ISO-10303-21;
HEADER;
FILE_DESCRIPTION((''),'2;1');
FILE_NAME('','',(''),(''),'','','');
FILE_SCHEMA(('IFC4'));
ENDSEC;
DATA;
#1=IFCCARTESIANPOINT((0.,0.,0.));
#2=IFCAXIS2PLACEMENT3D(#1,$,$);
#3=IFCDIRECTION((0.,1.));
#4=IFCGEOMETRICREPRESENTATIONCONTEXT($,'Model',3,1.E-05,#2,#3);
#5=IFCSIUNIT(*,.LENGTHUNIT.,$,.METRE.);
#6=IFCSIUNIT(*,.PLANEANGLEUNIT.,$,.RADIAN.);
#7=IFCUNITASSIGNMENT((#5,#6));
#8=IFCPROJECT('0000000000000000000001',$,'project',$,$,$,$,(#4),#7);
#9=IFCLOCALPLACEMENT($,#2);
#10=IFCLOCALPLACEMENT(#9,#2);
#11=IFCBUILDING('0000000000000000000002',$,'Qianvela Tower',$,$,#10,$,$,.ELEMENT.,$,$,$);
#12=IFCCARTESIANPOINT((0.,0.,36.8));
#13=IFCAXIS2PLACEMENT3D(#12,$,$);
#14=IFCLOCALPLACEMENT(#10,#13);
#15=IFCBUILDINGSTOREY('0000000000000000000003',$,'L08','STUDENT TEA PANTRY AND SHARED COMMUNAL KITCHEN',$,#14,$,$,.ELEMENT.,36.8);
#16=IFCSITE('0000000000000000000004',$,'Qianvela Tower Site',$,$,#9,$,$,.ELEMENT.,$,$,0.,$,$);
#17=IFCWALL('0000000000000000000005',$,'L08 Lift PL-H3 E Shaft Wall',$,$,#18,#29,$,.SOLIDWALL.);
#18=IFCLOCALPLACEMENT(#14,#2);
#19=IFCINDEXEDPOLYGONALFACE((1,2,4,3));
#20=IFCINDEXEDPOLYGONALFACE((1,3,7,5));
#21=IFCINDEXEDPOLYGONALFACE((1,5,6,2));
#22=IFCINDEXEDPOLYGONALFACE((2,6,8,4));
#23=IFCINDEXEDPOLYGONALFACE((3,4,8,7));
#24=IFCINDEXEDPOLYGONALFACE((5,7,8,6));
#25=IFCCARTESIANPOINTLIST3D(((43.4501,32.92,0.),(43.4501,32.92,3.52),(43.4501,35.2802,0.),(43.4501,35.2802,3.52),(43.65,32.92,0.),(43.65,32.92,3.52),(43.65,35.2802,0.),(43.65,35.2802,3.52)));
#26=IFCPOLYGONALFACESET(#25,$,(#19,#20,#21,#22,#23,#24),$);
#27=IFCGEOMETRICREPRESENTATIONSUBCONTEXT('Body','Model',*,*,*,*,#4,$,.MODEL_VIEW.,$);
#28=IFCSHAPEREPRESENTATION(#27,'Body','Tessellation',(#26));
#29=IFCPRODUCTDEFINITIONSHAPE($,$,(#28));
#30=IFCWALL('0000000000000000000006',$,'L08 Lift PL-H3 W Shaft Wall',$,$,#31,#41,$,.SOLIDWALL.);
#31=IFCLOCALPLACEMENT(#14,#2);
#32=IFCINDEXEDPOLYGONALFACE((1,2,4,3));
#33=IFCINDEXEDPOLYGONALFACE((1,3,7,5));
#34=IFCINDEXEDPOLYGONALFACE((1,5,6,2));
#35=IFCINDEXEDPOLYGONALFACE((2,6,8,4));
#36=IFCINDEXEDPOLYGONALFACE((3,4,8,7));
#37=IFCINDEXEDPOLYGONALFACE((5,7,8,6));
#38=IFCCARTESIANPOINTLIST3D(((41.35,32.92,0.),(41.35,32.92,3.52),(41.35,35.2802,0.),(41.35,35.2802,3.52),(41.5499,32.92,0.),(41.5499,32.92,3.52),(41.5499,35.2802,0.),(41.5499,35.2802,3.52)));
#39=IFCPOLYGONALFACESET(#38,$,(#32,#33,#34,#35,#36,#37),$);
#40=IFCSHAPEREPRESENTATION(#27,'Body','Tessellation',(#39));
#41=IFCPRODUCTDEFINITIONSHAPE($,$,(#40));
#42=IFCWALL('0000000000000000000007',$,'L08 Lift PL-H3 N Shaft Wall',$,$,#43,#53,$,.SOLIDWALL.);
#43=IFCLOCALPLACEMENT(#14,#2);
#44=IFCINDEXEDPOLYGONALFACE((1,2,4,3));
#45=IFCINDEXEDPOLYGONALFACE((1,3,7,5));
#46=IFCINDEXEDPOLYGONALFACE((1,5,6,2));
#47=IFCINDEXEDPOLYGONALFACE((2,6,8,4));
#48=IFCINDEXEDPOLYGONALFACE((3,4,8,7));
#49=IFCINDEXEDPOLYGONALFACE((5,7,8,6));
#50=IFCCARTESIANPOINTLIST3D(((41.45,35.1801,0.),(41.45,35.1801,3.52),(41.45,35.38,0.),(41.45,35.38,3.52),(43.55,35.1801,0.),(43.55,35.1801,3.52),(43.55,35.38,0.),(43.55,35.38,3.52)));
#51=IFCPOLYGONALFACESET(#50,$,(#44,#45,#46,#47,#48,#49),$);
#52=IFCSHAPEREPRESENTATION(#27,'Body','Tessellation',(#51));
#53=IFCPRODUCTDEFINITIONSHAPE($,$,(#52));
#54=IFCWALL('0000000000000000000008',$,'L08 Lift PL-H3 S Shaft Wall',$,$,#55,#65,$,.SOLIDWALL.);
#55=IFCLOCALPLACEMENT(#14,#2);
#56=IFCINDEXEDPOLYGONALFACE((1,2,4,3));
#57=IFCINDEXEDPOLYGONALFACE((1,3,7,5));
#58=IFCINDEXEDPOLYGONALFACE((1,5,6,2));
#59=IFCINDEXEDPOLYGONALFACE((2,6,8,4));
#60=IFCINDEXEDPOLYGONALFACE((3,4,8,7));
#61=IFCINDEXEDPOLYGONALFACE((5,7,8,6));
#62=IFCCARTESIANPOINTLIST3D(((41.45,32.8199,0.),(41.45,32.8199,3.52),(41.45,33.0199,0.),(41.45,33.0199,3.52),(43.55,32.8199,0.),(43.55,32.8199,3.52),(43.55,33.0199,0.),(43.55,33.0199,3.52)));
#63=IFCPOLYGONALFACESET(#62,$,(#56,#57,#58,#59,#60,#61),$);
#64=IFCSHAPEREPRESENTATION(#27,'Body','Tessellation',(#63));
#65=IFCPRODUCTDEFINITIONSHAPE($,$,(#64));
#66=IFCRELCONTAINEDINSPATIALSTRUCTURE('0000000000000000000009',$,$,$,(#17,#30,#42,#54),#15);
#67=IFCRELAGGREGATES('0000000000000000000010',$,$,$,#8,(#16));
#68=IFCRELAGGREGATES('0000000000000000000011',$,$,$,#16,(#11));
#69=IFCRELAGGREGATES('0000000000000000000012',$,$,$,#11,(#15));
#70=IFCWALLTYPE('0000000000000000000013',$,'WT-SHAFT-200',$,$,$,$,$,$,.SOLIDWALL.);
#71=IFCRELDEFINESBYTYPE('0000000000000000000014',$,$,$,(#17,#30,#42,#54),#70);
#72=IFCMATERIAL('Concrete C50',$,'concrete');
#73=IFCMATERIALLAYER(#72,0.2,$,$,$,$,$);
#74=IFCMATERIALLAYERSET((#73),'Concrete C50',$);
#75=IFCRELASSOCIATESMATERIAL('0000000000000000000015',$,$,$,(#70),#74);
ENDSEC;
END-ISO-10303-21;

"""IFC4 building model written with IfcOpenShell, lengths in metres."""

from ifc_helpers import new_model, si_unit, direction, frame, frame_2d, origin, place, context, subcontext, project, spatial, rectangle, extrude, material, layer, layer_set, type_object, element, save


model = new_model("IFC4")

# Units and contexts
model_context = context("Model", 3, precision=1e-05, world=origin(), true_north=direction((0.0, 1.0)))
body_context = subcontext(model_context, "Body", "Model", "MODEL_VIEW")
ifc_project = project(units=[si_unit("LENGTHUNIT", "METRE"), si_unit("PLANEANGLEUNIT", "RADIAN")], contexts=[model_context])

# Site, building, storey
site_placement = place(None, origin())
site = spatial("IfcSite", under=ifc_project, at=site_placement, Name="Qianvela Tower Site", CompositionType="ELEMENT", RefElevation=0.0)
building_placement = place(site_placement, origin())
building = spatial("IfcBuilding", under=site, at=building_placement, Name="Qianvela Tower", CompositionType="ELEMENT")
storey_placement = place(building_placement, frame((0.0, 0.0, 36.8)))
storey = spatial("IfcBuildingStorey", under=building, at=storey_placement, Name="L08", Description="STUDENT TEA PANTRY AND SHARED COMMUNAL KITCHEN", CompositionType="ELEMENT", Elevation=36.8)

# Walls
ifc_material_1 = material(Name="Concrete C50", Category="concrete")
ifc_layer_1 = layer(ifc_material_1, 0.2)
ifc_layer_set_1 = layer_set([ifc_layer_1], Name="Concrete C50")
wall_type_1 = type_object("IfcWallType", Name="WT-SHAFT-200", PredefinedType="SOLIDWALL", material=ifc_layer_set_1)
for number, where, z_axis, x_axis, name in (
    (1, (43.55, 32.9199, 0.0), (0.0, 0.0, 1.0), (0.0, 1.0, 0.0), "L08 Lift PL-H3 E Shaft Wall"),
    (2, (41.45, 32.9199, 0.0), (0.0, 0.0, 1.0), (0.0, 1.0, 0.0), "L08 Lift PL-H3 W Shaft Wall"),
):
    element("IfcWall", number, at=place(storey_placement, frame(where, z_axis=z_axis, x_axis=x_axis)), inside=storey, type_object=wall_type_1, Name=name, PredefinedType="SOLIDWALL", context=body_context, shape_type="SweptSolid", body=[
        extrude(rectangle(XDim=2.3601, YDim=0.2, at=frame_2d((1.1802, 0.0))), origin(), (0.0, 0.0, 1.0), 3.52),
    ])
for number, where, z_axis, x_axis, name in (
    (3, (41.45, 35.28, 0.0), (0.0, 0.0, 1.0), (1.0, 0.0, 0.0), "L08 Lift PL-H3 N Shaft Wall"),
    (4, (41.45, 32.9199, 0.0), (0.0, 0.0, 1.0), (1.0, 0.0, 0.0), "L08 Lift PL-H3 S Shaft Wall"),
):
    element("IfcWall", number, at=place(storey_placement, frame(where, z_axis=z_axis, x_axis=x_axis)), inside=storey, type_object=wall_type_1, Name=name, PredefinedType="SOLIDWALL", context=body_context, shape_type="SweptSolid", body=[
        extrude(rectangle(XDim=2.1001, YDim=0.2, at=frame_2d((1.05, 0.0))), origin(), (0.0, 0.0, 1.0), 3.52),
    ])

save(model, "model.ifc")
